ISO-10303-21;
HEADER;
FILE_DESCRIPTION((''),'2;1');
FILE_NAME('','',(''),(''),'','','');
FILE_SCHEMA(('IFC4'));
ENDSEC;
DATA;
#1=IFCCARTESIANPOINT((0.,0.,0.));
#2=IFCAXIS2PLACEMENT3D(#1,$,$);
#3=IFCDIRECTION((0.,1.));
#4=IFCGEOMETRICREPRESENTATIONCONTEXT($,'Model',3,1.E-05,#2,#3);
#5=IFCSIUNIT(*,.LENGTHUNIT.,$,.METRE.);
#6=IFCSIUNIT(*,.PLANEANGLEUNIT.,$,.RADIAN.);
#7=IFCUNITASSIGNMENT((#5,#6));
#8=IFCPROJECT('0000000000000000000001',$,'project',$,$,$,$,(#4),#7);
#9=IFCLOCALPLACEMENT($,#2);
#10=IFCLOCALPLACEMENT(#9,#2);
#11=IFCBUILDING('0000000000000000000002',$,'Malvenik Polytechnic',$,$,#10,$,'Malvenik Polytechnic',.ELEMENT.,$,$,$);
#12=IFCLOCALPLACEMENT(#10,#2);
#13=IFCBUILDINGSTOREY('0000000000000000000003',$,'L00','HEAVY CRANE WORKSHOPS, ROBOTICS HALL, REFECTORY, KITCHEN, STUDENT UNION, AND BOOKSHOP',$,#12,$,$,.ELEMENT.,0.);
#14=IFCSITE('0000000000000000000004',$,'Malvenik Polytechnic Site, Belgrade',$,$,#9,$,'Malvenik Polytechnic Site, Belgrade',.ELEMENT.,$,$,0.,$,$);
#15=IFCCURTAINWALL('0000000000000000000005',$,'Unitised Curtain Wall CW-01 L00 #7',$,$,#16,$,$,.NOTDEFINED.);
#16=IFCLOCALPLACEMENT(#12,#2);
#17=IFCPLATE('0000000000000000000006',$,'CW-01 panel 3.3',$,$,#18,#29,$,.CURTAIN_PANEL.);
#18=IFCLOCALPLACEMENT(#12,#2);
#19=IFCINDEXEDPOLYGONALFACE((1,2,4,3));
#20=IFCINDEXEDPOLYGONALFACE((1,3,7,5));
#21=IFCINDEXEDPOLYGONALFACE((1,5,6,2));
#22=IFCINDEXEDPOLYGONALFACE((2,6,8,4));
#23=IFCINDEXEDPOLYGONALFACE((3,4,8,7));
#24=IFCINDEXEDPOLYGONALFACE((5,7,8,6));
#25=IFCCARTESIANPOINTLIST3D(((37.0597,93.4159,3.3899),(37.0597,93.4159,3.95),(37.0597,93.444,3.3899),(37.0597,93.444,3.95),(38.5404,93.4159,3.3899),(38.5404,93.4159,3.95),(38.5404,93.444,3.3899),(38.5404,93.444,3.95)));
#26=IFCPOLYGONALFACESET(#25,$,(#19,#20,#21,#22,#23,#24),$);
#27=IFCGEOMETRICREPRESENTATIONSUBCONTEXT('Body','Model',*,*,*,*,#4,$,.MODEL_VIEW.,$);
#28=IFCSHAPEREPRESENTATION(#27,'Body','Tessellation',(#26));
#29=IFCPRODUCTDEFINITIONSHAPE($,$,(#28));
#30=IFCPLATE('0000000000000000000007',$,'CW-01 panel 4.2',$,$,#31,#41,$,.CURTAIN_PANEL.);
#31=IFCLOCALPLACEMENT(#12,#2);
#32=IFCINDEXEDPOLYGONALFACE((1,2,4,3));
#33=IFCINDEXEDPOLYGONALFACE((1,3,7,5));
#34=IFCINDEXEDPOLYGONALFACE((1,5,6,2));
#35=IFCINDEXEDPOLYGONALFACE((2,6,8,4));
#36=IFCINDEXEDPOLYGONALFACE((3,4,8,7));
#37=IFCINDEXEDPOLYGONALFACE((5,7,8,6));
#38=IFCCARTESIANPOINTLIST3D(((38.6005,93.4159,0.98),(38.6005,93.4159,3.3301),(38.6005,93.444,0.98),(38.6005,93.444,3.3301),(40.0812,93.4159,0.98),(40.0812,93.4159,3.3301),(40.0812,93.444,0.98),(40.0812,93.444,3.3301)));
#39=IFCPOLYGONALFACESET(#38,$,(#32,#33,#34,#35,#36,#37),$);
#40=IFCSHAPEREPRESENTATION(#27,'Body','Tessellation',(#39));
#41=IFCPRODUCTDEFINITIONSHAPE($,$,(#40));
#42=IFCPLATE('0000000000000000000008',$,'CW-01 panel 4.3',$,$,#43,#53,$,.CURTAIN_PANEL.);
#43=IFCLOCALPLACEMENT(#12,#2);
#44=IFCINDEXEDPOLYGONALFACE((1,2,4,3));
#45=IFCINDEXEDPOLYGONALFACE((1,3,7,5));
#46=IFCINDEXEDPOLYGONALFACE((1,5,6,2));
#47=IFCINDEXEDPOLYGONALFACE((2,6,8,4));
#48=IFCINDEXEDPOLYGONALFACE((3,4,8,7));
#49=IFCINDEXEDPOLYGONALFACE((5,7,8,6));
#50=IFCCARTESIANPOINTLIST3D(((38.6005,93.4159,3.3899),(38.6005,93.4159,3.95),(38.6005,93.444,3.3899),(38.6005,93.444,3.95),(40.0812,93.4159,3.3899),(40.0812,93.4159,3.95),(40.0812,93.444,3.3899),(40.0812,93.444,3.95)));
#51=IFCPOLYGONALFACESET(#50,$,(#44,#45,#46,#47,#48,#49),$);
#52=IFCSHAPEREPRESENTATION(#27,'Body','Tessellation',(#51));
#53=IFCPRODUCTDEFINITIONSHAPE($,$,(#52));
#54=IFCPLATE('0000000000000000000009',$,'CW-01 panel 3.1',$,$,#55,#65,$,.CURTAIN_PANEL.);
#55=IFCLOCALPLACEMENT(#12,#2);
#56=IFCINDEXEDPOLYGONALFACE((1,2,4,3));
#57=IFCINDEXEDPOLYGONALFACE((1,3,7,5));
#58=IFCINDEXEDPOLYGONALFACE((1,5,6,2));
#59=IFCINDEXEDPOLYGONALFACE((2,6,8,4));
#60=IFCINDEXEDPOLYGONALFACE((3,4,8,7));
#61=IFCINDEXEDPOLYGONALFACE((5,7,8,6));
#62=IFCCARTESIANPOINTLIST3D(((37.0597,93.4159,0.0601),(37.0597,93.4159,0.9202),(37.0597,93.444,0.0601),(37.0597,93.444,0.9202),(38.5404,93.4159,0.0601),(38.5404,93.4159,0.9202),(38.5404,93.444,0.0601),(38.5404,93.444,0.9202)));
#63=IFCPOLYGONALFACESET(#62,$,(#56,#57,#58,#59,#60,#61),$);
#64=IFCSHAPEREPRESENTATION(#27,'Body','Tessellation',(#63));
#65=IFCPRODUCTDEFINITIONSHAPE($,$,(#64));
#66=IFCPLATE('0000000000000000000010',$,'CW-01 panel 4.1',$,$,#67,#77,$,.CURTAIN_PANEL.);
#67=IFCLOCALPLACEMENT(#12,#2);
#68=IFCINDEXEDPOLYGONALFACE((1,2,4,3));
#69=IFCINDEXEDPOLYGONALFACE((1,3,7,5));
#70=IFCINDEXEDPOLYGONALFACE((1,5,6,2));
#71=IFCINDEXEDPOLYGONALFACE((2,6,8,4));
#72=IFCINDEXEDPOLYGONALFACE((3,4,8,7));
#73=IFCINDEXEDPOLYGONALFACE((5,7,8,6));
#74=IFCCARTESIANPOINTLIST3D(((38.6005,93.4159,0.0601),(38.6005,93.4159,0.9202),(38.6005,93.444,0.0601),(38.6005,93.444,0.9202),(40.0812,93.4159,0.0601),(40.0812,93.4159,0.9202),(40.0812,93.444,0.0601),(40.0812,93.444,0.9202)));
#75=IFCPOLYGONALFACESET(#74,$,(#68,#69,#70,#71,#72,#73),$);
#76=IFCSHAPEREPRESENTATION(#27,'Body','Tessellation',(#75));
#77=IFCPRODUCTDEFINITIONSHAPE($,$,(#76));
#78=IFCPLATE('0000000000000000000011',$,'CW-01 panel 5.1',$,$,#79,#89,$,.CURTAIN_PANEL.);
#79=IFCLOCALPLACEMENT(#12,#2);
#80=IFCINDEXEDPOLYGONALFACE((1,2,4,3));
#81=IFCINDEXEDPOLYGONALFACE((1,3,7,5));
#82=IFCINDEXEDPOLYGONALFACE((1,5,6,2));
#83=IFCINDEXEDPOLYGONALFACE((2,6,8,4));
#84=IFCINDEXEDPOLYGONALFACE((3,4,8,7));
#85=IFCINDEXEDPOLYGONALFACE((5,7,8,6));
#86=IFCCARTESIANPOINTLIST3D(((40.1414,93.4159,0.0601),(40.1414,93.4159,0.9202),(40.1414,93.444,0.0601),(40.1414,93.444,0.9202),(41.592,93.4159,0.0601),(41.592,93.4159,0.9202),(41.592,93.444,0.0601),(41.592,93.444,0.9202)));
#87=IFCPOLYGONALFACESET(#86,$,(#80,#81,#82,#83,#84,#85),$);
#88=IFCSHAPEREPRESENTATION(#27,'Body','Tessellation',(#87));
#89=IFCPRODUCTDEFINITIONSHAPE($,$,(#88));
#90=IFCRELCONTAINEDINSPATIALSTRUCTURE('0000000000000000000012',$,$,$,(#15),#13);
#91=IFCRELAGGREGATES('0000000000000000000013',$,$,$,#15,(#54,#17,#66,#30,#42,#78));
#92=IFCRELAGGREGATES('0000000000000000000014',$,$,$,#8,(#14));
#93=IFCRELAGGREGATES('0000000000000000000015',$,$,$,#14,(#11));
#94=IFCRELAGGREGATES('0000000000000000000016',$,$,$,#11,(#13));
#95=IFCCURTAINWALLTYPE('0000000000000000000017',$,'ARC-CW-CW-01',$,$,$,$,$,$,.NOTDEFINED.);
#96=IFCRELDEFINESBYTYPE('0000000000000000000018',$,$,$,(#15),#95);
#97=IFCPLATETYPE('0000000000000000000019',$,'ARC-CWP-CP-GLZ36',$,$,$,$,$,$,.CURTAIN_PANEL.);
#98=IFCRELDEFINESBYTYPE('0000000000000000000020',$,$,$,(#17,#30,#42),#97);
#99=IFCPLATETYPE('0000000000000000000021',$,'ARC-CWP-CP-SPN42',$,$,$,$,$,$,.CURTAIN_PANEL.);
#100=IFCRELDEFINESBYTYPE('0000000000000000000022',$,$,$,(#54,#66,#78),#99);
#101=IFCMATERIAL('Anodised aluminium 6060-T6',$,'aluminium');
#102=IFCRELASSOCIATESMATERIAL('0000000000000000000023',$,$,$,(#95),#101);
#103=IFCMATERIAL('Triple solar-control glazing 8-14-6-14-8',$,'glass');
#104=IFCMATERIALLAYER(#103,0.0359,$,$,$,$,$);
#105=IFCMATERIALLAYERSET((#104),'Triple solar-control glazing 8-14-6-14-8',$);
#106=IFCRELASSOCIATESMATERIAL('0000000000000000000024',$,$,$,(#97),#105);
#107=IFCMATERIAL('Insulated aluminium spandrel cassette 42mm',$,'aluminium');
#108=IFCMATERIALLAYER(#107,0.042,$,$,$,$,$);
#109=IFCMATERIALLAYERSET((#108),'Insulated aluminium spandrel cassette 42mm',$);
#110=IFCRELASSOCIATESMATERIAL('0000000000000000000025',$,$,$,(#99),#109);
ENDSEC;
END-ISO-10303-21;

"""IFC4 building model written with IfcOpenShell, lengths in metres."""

from ifc_helpers import new_model, si_unit, direction, frame, origin, origin_2d, place, context, subcontext, project, spatial, rectangle, extrude, material, layer, layer_set, type_object, element, aggregate, save


model = new_model("IFC4")

# Units and contexts
model_context = context("Model", 3, precision=1e-05, world=origin(), true_north=direction((0.0, 1.0)))
body_context = subcontext(model_context, "Body", "Model", "MODEL_VIEW")
ifc_project = project(units=[si_unit("LENGTHUNIT", "METRE"), si_unit("PLANEANGLEUNIT", "RADIAN")], contexts=[model_context])

# Site, building, storey
site_placement = place(None, origin())
site = spatial("IfcSite", under=ifc_project, at=site_placement, Name="Malvenik Polytechnic Site, Belgrade", LongName="Malvenik Polytechnic Site, Belgrade", CompositionType="ELEMENT", RefElevation=0.0)
building_placement = place(site_placement, origin())
building = spatial("IfcBuilding", under=site, at=building_placement, Name="Malvenik Polytechnic", LongName="Malvenik Polytechnic", CompositionType="ELEMENT")
storey_placement = place(building_placement, origin())
storey = spatial("IfcBuildingStorey", under=building, at=storey_placement, Name="L00", Description="HEAVY CRANE WORKSHOPS, ROBOTICS HALL, REFECTORY, KITCHEN, STUDENT UNION, AND BOOKSHOP", CompositionType="ELEMENT", Elevation=0.0)

# Curtain wall, plates
ifc_material_1 = material(Name="Anodised aluminium 6060-T6", Category="aluminium")
curtain_wall_type = type_object("IfcCurtainWallType", Name="ARC-CW-CW-01", PredefinedType="NOTDEFINED", material=ifc_material_1)
curtain_wall_placement = place(storey_placement, origin())
curtain_wall = element("IfcCurtainWall", 1, at=curtain_wall_placement, inside=storey, type_object=curtain_wall_type, Name="Unitised Curtain Wall CW-01 L00 #7", PredefinedType="NOTDEFINED")
ifc_material_2 = material(Name="Triple solar-control glazing 8-14-6-14-8", Category="glass")
ifc_layer_1 = layer(ifc_material_2, 0.0359)
ifc_layer_set_1 = layer_set([ifc_layer_1], Name="Triple solar-control glazing 8-14-6-14-8")
plate_type_1 = type_object("IfcPlateType", Name="ARC-CWP-CP-GLZ36", PredefinedType="CURTAIN_PANEL", material=ifc_layer_set_1)
plate_1_placement = place(storey_placement, frame((37.8, 93.4299, 3.3899), z_axis=(0.0, 0.0, 1.0), x_axis=(1.0, 0.0, 0.0)))
plate_1 = element("IfcPlate", 2, at=plate_1_placement, type_object=plate_type_1, Name="CW-01 panel 3.3", PredefinedType="CURTAIN_PANEL", context=body_context, shape_type="SweptSolid", body=[
    extrude(rectangle(XDim=1.4807, YDim=0.0281, at=origin_2d()), origin(), (0.0, 0.0, 1.0), 0.5601),
])
plate_2_placement = place(storey_placement, frame((39.3408, 93.4299, 0.98), z_axis=(0.0, 0.0, 1.0), x_axis=(1.0, 0.0, 0.0)))
plate_2 = element("IfcPlate", 3, at=plate_2_placement, type_object=plate_type_1, Name="CW-01 panel 4.2", PredefinedType="CURTAIN_PANEL", context=body_context, shape_type="SweptSolid", body=[
    extrude(rectangle(XDim=1.4807, YDim=0.0281, at=origin_2d()), origin(), (0.0, 0.0, 1.0), 2.3501),
])
plate_3_placement = place(storey_placement, frame((39.3408, 93.4299, 3.3899), z_axis=(0.0, 0.0, 1.0), x_axis=(1.0, 0.0, 0.0)))
plate_3 = element("IfcPlate", 4, at=plate_3_placement, type_object=plate_type_1, Name="CW-01 panel 4.3", PredefinedType="CURTAIN_PANEL", context=body_context, shape_type="SweptSolid", body=[
    extrude(rectangle(XDim=1.4807, YDim=0.0281, at=origin_2d()), origin(), (0.0, 0.0, 1.0), 0.5601),
])
ifc_material_3 = material(Name="Insulated aluminium spandrel cassette 42mm", Category="aluminium")
ifc_layer_2 = layer(ifc_material_3, 0.042)
ifc_layer_set_2 = layer_set([ifc_layer_2], Name="Insulated aluminium spandrel cassette 42mm")
plate_type_2 = type_object("IfcPlateType", Name="ARC-CWP-CP-SPN42", PredefinedType="CURTAIN_PANEL", material=ifc_layer_set_2)
plate_4_placement = place(storey_placement, frame((37.8, 93.4299, 0.0601), z_axis=(0.0, 0.0, 1.0), x_axis=(1.0, 0.0, 0.0)))
plate_4 = element("IfcPlate", 5, at=plate_4_placement, type_object=plate_type_2, Name="CW-01 panel 3.1", PredefinedType="CURTAIN_PANEL", context=body_context, shape_type="SweptSolid", body=[
    extrude(rectangle(XDim=1.4807, YDim=0.0281, at=origin_2d()), origin(), (0.0, 0.0, 1.0), 0.8601),
])
plate_5_placement = place(storey_placement, frame((39.3408, 93.4299, 0.0601), z_axis=(0.0, 0.0, 1.0), x_axis=(1.0, 0.0, 0.0)))
plate_5 = element("IfcPlate", 6, at=plate_5_placement, type_object=plate_type_2, Name="CW-01 panel 4.1", PredefinedType="CURTAIN_PANEL", context=body_context, shape_type="SweptSolid", body=[
    extrude(rectangle(XDim=1.4807, YDim=0.0281, at=origin_2d()), origin(), (0.0, 0.0, 1.0), 0.8601),
])
plate_6_placement = place(storey_placement, frame((40.8667, 93.4299, 0.0601), z_axis=(0.0, 0.0, 1.0), x_axis=(1.0, 0.0, 0.0)))
plate_6 = element("IfcPlate", 7, at=plate_6_placement, type_object=plate_type_2, Name="CW-01 panel 5.1", PredefinedType="CURTAIN_PANEL", context=body_context, shape_type="SweptSolid", body=[
    extrude(rectangle(XDim=1.4507, YDim=0.0281, at=origin_2d()), origin(), (0.0, 0.0, 1.0), 0.8601),
])
aggregate(curtain_wall, [plate_4, plate_1, plate_5, plate_2, plate_3, plate_6])

save(model, "model.ifc")
